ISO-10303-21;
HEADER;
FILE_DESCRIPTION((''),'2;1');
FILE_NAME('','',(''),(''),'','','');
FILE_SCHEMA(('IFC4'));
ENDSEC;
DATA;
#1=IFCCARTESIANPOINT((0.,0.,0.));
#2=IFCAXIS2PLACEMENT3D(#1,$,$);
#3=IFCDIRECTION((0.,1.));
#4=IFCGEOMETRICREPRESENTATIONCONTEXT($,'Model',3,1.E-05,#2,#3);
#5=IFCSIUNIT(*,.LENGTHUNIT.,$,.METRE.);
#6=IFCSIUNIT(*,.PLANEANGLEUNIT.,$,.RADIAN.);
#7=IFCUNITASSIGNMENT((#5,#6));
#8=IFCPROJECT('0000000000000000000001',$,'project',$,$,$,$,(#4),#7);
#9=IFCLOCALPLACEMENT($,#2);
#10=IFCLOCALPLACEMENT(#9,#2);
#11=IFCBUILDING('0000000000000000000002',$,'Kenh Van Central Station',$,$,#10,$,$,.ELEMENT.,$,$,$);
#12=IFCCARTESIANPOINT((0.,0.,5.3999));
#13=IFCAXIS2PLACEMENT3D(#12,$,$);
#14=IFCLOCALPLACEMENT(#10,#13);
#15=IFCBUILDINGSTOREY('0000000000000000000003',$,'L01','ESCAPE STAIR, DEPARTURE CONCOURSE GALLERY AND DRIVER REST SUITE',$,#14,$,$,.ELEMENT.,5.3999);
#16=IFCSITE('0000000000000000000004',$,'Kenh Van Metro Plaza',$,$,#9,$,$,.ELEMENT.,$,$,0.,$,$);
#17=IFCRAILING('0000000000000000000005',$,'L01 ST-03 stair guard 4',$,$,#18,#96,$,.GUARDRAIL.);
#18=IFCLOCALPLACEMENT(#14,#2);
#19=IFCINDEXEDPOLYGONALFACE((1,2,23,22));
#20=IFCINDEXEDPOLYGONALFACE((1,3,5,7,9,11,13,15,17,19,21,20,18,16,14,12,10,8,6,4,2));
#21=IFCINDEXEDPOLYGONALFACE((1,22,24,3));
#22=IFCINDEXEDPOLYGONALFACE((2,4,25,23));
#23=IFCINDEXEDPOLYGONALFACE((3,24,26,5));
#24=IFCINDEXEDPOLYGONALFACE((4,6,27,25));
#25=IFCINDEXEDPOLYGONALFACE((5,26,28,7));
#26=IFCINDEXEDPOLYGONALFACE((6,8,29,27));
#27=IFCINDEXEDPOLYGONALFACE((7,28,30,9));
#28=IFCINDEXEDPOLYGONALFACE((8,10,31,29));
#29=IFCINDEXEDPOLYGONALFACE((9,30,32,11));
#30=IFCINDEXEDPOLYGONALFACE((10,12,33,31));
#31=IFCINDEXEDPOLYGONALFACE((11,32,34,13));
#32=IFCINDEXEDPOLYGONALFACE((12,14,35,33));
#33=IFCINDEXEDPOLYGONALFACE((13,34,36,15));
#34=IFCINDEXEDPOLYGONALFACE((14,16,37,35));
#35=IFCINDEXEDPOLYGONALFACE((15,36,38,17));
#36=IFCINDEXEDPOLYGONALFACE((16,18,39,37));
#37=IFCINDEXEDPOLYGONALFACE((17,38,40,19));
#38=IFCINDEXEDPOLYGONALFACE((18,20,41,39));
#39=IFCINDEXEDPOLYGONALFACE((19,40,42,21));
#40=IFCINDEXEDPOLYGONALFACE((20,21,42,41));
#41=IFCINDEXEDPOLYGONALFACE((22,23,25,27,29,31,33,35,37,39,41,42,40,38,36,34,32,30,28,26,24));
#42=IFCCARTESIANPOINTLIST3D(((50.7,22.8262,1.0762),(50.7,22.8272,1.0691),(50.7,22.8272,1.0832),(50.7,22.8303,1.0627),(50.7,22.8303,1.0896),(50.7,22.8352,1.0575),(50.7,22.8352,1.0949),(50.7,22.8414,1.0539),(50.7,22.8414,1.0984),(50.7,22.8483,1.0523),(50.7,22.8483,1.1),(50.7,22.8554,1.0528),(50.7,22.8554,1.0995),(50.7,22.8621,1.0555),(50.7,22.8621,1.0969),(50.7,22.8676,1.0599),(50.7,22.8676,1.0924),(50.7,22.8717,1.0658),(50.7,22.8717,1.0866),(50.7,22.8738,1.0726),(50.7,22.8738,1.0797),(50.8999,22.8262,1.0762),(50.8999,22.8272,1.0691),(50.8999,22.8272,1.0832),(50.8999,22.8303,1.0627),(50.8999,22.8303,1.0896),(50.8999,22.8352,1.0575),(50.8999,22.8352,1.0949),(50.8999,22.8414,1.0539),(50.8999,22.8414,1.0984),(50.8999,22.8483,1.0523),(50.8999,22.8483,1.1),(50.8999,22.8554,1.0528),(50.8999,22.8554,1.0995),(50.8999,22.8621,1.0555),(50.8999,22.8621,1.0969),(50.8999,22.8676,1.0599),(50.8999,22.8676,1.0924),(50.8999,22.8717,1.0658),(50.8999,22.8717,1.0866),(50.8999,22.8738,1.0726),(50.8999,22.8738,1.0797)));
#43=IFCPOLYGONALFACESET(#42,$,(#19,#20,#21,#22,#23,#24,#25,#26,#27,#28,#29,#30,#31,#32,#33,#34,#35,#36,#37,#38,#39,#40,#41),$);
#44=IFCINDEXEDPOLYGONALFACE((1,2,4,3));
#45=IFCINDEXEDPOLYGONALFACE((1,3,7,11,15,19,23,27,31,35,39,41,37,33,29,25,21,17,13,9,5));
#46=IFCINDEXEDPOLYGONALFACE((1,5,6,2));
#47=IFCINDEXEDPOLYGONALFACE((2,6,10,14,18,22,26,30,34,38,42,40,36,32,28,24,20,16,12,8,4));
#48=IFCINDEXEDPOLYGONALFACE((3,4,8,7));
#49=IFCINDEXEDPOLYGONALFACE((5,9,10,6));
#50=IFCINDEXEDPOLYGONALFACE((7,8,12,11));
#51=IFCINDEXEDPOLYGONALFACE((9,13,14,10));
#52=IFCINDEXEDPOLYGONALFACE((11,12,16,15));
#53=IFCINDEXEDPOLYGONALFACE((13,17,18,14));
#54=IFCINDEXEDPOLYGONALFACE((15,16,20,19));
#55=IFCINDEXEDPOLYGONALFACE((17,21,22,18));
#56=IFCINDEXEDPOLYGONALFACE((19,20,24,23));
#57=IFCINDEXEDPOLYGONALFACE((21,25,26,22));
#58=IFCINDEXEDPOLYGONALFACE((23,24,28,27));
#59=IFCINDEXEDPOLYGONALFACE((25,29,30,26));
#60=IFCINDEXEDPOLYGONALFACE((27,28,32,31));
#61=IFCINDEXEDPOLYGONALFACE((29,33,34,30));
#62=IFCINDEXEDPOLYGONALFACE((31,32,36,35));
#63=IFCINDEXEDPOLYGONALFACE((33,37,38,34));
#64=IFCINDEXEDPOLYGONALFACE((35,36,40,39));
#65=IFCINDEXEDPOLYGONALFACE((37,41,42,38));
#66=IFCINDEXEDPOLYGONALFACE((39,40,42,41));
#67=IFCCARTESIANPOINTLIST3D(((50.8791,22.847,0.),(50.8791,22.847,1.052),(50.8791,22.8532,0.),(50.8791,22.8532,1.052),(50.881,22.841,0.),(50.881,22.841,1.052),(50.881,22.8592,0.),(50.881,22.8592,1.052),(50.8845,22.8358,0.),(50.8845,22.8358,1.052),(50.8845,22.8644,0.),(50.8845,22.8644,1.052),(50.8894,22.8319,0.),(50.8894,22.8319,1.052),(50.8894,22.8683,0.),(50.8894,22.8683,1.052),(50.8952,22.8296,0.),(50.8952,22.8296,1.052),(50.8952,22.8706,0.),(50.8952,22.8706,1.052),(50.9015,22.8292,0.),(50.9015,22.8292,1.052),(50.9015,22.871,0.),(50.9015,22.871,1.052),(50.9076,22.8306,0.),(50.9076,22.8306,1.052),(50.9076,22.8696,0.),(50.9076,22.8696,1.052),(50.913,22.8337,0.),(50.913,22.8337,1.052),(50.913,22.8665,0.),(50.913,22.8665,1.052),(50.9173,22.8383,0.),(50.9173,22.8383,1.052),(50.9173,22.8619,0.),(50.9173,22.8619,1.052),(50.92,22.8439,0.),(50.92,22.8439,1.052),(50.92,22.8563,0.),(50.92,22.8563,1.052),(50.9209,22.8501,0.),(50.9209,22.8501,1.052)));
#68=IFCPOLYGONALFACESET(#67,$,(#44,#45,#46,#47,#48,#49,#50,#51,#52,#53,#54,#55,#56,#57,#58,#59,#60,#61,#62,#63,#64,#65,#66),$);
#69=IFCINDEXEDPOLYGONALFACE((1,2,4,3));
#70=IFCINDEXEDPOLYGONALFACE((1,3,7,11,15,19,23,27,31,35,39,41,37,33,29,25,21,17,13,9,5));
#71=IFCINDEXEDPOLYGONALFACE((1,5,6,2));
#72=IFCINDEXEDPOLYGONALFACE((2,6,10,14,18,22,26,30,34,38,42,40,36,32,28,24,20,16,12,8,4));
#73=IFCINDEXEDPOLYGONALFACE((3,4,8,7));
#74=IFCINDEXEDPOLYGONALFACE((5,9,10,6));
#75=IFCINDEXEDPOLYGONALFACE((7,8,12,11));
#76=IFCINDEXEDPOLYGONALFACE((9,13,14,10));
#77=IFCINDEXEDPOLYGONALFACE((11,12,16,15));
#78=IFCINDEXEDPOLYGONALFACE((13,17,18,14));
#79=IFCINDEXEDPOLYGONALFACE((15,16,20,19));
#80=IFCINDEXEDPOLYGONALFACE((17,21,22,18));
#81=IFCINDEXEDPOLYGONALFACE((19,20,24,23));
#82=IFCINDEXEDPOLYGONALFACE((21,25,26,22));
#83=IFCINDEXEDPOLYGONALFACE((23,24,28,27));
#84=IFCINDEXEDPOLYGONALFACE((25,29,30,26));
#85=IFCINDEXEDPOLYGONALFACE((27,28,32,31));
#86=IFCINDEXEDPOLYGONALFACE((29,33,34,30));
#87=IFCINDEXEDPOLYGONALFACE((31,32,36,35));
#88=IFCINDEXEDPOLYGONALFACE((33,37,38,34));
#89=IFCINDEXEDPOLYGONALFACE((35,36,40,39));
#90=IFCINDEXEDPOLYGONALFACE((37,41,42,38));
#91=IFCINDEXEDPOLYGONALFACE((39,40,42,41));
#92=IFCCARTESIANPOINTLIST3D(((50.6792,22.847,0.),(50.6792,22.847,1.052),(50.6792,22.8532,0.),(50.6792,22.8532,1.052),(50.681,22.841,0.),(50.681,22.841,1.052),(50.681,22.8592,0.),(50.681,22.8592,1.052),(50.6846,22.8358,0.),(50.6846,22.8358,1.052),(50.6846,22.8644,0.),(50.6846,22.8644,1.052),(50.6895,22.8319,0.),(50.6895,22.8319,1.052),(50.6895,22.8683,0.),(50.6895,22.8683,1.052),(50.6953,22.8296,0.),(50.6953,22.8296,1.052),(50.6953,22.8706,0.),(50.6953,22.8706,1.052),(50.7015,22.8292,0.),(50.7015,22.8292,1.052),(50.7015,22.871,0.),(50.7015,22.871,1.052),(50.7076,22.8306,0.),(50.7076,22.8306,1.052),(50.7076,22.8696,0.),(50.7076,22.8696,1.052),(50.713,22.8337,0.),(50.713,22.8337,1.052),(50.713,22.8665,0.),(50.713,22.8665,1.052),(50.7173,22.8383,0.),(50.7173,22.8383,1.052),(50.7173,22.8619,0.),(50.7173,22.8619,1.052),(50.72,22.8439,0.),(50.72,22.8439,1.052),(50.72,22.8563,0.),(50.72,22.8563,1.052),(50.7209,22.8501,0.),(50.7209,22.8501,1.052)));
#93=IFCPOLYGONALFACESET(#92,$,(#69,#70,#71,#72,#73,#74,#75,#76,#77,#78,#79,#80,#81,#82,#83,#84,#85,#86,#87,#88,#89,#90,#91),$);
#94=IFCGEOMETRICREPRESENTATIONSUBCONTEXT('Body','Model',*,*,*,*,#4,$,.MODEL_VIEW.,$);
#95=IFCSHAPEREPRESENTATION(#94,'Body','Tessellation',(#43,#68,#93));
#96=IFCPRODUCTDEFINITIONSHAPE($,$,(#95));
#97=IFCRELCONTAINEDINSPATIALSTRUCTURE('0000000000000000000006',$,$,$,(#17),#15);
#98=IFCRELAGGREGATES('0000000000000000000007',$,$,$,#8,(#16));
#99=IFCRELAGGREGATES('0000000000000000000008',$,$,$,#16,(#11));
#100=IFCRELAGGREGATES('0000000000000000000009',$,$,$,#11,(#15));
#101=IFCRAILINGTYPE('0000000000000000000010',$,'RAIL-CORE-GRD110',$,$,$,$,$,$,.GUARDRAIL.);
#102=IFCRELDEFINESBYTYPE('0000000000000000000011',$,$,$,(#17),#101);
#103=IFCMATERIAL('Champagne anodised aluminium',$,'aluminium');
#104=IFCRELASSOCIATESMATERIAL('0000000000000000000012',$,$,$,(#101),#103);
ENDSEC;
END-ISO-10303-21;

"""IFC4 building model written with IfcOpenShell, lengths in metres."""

from ifc_helpers import new_model, si_unit, direction, frame, origin, origin_2d, place, context, subcontext, project, spatial, circle, extrude, material, type_object, element, save


model = new_model("IFC4")

# Units and contexts
model_context = context("Model", 3, precision=1e-05, world=origin(), true_north=direction((0.0, 1.0)))
body_context = subcontext(model_context, "Body", "Model", "MODEL_VIEW")
ifc_project = project(units=[si_unit("LENGTHUNIT", "METRE"), si_unit("PLANEANGLEUNIT", "RADIAN")], contexts=[model_context])

# Site, building, storey
site_placement = place(None, origin())
site = spatial("IfcSite", under=ifc_project, at=site_placement, Name="Kenh Van Metro Plaza", CompositionType="ELEMENT", RefElevation=0.0)
building_placement = place(site_placement, origin())
building = spatial("IfcBuilding", under=site, at=building_placement, Name="Kenh Van Central Station", CompositionType="ELEMENT")
storey_placement = place(building_placement, frame((0.0, 0.0, 5.3999)))
storey = spatial("IfcBuildingStorey", under=building, at=storey_placement, Name="L01", Description="ESCAPE STAIR, DEPARTURE CONCOURSE GALLERY AND DRIVER REST SUITE", CompositionType="ELEMENT", Elevation=5.3999)

# Shared definitions
ifc_material_1 = material(Name="Champagne anodised aluminium", Category="aluminium")

# Railing
railing_type_1 = type_object("IfcRailingType", Name="RAIL-CORE-GRD110", PredefinedType="GUARDRAIL", material=ifc_material_1)
railing_1_placement = place(storey_placement, frame((50.8999, 22.8501, 0.0)))
element("IfcRailing", 1, at=railing_1_placement, inside=storey, type_object=railing_type_1, Name="L01 ST-03 stair guard 4", PredefinedType="GUARDRAIL", context=body_context, shape_type="SweptSolid", body=[
    extrude(circle(Radius=0.0239, at=origin_2d()), frame((0.0, 0.0, 1.0762), z_axis=(-1.0, 0.0, 0.0), x_axis=(0.0, -1.0, 0.0)), (0.0, 0.0, 1.0), 0.2),
    extrude(circle(Radius=0.021, at=origin_2d()), origin(), (0.0, 0.0, 1.0), 1.052),
    extrude(circle(Radius=0.021, at=origin_2d()), frame((-0.2, 0.0, 0.0)), (0.0, 0.0, 1.0), 1.052),
])

save(model, "model.ifc")
